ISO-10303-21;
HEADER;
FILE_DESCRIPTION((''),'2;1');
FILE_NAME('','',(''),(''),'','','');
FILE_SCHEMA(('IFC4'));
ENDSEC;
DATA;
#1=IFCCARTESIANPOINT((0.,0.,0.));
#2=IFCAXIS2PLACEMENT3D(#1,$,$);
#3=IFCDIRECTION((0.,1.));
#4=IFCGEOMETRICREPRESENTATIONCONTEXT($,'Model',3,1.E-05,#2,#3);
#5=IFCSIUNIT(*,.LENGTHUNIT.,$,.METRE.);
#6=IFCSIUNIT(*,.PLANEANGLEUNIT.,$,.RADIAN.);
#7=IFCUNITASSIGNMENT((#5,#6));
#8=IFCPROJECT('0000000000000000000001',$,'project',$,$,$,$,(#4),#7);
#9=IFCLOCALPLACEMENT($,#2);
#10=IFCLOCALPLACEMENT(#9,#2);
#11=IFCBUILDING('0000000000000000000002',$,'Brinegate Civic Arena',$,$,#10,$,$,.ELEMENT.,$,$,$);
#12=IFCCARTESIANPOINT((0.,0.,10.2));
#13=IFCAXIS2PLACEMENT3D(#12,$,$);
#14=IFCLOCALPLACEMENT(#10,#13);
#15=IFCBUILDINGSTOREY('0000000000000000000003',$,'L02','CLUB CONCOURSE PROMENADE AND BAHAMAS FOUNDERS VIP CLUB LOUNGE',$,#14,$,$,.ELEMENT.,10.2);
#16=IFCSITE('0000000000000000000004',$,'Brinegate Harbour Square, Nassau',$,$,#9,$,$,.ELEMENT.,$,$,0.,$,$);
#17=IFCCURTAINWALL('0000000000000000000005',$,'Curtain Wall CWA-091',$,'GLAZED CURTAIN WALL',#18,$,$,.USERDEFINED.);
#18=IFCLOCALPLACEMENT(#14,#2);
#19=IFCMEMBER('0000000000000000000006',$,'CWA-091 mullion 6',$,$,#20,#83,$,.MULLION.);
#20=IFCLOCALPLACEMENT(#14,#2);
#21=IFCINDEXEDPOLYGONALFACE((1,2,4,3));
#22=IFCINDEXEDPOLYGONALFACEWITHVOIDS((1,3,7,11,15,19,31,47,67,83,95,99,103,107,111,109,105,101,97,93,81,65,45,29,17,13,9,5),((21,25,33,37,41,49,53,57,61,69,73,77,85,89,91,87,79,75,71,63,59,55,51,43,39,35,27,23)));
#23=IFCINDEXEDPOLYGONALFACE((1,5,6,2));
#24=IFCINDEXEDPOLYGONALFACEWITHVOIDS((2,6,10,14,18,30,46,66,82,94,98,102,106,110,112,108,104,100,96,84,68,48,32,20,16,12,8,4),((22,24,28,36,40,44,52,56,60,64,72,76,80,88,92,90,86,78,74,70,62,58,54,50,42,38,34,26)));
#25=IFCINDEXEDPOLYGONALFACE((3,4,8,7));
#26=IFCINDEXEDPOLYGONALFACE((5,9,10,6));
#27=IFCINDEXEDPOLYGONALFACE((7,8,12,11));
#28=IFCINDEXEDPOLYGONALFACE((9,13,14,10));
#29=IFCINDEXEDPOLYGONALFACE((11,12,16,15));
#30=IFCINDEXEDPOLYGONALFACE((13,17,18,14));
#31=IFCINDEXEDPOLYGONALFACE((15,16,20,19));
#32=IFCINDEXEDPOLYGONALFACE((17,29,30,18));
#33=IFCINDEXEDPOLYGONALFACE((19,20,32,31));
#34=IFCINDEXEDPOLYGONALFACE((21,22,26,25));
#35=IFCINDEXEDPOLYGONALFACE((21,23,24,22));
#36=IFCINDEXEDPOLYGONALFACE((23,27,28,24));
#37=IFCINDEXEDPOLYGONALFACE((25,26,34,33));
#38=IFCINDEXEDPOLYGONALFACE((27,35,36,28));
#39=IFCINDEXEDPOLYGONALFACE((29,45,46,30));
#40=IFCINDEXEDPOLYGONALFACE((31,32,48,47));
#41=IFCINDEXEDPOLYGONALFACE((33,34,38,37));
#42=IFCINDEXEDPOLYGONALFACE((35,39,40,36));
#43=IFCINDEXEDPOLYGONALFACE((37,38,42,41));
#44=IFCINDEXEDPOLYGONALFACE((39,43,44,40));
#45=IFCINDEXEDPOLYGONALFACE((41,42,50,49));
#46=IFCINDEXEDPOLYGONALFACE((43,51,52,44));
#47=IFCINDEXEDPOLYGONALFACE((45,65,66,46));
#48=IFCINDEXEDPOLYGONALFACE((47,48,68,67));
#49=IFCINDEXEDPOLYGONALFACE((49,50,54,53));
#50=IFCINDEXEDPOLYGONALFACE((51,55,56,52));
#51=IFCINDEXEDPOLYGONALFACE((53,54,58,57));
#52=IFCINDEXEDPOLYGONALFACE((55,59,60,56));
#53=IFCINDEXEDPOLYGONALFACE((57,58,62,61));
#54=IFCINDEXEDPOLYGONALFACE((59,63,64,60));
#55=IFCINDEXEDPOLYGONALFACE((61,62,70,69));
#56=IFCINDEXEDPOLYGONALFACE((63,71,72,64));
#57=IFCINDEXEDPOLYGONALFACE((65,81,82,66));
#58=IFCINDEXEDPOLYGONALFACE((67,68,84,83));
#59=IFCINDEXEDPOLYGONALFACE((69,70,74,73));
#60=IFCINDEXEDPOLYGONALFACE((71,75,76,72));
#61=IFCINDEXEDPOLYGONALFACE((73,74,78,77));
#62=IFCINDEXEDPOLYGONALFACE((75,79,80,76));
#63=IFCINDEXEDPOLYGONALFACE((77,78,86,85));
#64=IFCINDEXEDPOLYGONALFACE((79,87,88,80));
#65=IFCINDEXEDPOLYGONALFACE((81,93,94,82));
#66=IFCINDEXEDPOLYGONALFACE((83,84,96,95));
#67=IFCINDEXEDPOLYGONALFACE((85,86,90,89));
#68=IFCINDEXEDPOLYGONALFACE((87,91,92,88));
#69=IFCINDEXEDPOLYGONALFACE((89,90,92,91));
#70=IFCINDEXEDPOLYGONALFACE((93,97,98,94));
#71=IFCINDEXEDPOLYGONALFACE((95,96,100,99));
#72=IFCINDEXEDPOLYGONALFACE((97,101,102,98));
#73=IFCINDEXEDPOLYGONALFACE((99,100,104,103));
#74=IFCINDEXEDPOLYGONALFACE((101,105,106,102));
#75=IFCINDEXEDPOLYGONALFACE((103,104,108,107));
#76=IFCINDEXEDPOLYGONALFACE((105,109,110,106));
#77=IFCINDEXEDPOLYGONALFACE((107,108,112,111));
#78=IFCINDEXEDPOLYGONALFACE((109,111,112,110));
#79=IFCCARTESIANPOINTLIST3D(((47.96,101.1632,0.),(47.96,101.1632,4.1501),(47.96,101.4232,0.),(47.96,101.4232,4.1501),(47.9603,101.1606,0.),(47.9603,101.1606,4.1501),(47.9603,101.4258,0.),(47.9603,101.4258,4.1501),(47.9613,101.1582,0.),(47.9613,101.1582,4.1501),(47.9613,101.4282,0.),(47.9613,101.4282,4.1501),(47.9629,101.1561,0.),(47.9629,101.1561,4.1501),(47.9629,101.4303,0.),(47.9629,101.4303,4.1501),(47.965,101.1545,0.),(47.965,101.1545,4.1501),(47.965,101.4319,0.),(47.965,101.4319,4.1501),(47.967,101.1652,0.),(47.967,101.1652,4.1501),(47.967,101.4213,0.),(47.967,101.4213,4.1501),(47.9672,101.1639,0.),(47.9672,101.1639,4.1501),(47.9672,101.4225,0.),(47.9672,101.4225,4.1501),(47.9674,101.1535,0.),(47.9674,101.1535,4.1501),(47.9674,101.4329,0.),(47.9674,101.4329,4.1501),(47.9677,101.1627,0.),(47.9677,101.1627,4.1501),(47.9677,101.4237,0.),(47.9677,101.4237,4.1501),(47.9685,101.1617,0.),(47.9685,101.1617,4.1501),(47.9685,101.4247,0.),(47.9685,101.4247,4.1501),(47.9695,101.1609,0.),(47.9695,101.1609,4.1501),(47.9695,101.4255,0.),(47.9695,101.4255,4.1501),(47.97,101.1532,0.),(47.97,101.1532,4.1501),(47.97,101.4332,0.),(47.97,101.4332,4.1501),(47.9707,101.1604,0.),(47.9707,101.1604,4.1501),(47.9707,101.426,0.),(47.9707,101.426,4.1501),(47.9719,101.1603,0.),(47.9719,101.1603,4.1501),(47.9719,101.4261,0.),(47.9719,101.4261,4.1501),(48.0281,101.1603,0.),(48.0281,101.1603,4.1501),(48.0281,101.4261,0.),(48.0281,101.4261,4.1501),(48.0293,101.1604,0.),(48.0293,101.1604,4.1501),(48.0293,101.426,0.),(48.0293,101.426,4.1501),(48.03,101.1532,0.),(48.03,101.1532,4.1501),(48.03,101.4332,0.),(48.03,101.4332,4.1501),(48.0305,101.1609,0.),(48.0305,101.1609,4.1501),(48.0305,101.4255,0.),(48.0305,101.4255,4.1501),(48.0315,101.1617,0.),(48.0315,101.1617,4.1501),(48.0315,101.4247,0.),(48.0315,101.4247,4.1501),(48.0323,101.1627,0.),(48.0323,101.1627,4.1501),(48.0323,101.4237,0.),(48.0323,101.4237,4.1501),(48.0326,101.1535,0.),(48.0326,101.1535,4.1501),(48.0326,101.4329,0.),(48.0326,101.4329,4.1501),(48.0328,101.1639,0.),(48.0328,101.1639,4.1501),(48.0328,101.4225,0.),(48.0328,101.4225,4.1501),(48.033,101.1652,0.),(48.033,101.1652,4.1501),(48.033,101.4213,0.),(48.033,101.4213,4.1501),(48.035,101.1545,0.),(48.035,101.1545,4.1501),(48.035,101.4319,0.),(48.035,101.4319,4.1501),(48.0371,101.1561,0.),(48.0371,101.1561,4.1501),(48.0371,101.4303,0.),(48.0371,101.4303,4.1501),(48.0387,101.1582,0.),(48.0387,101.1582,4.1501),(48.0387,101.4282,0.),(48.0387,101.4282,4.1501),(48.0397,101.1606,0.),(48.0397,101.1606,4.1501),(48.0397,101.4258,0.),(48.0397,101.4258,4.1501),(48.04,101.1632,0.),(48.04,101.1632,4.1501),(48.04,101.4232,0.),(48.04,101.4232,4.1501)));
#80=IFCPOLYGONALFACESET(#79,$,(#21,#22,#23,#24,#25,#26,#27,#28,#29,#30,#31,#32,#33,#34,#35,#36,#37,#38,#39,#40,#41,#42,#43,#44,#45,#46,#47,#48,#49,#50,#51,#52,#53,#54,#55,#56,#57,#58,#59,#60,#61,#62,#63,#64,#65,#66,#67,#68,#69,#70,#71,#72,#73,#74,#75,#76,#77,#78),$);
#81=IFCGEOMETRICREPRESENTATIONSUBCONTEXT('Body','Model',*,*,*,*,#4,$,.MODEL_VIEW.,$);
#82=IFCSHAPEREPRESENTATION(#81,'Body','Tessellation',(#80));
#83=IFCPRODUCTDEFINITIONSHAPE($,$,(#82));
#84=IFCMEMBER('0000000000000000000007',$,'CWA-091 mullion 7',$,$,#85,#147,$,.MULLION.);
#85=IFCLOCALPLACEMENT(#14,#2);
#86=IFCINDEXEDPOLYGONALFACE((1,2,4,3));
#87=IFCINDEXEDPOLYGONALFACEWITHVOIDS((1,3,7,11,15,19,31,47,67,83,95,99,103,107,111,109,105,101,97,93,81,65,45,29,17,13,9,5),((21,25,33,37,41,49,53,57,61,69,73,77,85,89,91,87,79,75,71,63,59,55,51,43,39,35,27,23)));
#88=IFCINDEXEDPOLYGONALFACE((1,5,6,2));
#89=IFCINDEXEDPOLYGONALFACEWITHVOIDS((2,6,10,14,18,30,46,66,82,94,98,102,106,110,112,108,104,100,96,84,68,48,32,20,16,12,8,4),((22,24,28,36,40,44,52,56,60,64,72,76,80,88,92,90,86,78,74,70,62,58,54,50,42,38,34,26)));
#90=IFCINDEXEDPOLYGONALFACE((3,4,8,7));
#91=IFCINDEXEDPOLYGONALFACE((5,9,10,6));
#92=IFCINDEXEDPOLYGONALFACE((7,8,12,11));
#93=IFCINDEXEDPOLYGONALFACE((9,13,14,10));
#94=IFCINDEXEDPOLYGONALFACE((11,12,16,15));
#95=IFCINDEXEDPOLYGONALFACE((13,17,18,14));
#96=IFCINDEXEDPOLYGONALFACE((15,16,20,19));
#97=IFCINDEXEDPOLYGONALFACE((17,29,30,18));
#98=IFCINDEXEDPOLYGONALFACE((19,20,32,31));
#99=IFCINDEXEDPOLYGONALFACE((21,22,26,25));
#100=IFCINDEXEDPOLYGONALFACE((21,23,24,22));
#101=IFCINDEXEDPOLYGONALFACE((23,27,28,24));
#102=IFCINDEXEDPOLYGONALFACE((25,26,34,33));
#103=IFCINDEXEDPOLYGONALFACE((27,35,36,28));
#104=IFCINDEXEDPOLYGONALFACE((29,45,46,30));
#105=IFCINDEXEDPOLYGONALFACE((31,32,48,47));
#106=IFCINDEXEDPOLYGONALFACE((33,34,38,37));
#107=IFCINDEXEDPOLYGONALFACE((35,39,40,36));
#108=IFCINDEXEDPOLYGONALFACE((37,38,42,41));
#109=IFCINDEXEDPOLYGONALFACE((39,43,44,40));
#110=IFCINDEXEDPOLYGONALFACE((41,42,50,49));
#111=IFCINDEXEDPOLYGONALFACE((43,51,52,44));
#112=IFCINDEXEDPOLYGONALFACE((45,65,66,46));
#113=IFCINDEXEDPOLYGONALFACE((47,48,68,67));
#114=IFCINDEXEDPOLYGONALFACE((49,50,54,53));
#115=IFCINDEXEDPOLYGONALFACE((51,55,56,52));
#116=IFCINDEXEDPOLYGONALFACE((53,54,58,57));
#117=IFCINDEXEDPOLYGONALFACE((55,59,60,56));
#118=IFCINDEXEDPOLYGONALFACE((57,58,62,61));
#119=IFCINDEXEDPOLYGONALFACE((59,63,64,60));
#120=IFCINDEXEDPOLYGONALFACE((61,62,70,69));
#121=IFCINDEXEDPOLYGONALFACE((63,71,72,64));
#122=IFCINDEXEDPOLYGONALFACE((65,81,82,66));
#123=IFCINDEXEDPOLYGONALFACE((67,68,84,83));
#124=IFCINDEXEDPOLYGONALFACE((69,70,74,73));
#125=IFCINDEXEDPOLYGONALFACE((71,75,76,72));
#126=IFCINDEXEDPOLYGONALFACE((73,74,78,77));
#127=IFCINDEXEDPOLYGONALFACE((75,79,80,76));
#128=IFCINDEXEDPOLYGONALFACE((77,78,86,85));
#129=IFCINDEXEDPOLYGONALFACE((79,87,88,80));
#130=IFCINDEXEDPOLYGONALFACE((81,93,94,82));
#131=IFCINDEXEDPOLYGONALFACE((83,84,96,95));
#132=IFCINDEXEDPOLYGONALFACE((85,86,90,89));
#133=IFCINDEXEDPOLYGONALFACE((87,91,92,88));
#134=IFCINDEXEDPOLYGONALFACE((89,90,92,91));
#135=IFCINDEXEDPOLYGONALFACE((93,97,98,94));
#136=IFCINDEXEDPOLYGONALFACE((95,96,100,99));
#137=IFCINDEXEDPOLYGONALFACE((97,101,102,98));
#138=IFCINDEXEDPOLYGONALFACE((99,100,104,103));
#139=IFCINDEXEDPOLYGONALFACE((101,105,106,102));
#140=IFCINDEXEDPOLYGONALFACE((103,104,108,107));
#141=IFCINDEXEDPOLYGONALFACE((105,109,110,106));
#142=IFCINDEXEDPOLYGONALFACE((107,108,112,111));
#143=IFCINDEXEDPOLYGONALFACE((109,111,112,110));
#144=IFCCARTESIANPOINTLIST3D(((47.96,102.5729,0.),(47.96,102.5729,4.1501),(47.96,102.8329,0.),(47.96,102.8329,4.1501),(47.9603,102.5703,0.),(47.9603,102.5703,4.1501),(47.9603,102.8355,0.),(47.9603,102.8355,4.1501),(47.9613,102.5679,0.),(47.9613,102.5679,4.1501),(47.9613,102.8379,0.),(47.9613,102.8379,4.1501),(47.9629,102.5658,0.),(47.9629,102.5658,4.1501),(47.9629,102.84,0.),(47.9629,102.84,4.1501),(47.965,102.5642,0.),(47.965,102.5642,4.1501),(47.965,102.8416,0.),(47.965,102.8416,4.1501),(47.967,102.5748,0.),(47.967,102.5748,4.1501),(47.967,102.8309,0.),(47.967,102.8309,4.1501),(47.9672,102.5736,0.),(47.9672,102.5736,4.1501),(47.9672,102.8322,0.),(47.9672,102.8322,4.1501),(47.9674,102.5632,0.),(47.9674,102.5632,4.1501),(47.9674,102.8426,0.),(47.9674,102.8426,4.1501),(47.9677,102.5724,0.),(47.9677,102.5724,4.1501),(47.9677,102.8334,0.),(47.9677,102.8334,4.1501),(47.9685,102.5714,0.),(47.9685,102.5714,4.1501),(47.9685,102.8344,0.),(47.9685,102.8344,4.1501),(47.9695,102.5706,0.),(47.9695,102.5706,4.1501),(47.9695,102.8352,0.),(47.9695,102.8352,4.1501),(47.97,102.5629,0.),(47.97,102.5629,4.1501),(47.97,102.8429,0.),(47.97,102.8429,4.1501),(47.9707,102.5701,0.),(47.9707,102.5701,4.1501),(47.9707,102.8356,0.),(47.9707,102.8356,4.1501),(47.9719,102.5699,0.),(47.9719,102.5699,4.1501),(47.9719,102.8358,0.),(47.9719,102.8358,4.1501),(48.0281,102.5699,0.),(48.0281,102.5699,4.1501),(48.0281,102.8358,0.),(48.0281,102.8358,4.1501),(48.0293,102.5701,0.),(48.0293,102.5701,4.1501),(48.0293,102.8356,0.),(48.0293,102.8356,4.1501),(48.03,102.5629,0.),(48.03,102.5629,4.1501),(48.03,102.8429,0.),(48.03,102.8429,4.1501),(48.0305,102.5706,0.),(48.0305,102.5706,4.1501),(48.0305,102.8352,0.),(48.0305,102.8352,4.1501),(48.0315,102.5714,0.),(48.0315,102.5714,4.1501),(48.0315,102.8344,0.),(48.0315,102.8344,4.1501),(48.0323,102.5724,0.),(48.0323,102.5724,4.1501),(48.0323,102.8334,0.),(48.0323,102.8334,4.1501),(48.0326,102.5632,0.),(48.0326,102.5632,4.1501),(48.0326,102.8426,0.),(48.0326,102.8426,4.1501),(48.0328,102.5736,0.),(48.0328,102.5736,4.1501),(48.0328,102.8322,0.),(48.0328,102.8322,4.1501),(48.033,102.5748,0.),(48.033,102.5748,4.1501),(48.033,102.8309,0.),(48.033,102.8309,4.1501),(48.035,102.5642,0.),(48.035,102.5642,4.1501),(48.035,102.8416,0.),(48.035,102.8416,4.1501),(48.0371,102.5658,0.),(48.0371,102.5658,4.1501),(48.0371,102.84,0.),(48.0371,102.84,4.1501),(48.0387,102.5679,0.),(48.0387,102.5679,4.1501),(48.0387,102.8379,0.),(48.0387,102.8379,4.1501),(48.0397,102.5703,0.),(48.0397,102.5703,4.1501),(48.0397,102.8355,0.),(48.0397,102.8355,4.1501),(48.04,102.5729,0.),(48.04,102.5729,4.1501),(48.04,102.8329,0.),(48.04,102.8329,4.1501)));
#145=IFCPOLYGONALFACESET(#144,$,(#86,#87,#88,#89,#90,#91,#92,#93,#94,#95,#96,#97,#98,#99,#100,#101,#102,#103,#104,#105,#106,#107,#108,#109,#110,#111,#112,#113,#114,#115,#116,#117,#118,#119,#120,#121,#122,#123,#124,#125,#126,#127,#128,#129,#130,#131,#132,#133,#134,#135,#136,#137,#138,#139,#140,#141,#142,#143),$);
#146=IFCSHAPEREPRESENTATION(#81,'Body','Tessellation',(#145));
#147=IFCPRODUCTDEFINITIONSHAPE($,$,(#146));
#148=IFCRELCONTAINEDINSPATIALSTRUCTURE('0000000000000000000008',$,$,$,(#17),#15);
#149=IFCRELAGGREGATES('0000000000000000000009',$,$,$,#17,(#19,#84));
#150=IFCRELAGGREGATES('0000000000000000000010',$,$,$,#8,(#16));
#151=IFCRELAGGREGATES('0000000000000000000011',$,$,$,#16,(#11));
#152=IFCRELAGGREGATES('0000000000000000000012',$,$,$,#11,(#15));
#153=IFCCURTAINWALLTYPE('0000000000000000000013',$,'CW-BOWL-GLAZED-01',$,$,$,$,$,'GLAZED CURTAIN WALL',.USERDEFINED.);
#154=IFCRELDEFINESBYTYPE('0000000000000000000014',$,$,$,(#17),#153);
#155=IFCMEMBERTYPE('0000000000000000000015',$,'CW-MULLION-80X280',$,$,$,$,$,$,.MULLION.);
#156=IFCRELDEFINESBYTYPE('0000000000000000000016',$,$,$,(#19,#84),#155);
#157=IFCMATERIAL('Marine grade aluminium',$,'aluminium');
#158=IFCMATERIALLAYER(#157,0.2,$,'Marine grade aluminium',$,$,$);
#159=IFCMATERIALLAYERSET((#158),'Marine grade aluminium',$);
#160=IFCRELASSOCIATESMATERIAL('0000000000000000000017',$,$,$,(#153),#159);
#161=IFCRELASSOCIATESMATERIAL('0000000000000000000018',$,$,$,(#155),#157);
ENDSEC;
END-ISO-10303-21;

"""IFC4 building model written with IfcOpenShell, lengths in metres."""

from ifc_helpers import new_model, si_unit, direction, frame, origin, origin_2d, place, context, subcontext, project, spatial, hollow_rectangle, extrude, material, layer, layer_set, material_profile, profile_set, type_object, element, aggregate, save


model = new_model("IFC4")

# Units and contexts
model_context = context("Model", 3, precision=1e-05, world=origin(), true_north=direction((0.0, 1.0)))
body_context = subcontext(model_context, "Body", "Model", "MODEL_VIEW")
ifc_project = project(units=[si_unit("LENGTHUNIT", "METRE"), si_unit("PLANEANGLEUNIT", "RADIAN")], contexts=[model_context])

# Site, building, storey
site_placement = place(None, origin())
site = spatial("IfcSite", under=ifc_project, at=site_placement, Name="Brinegate Harbour Square, Nassau", CompositionType="ELEMENT", RefElevation=0.0)
building_placement = place(site_placement, origin())
building = spatial("IfcBuilding", under=site, at=building_placement, Name="Brinegate Civic Arena", CompositionType="ELEMENT")
storey_placement = place(building_placement, frame((0.0, 0.0, 10.2)))
storey = spatial("IfcBuildingStorey", under=building, at=storey_placement, Name="L02", Description="CLUB CONCOURSE PROMENADE AND BAHAMAS FOUNDERS VIP CLUB LOUNGE", CompositionType="ELEMENT", Elevation=10.2)

# Shared definitions
ifc_material_1 = material(Name="Marine grade aluminium", Category="aluminium")
ifc_layer_1 = layer(ifc_material_1, 0.2, Name="Marine grade aluminium")
ifc_layer_set_1 = layer_set([ifc_layer_1], Name="Marine grade aluminium")
curtain_wall_type = type_object("IfcCurtainWallType", Name="CW-BOWL-GLAZED-01", ElementType="GLAZED CURTAIN WALL", PredefinedType="USERDEFINED", material=ifc_layer_set_1)

# Curtain wall, members
curtain_wall_1_placement = place(storey_placement, origin())
curtain_wall_1 = element("IfcCurtainWall", 1, at=curtain_wall_1_placement, inside=storey, type_object=curtain_wall_type, Name="Curtain Wall CWA-091", ObjectType="GLAZED CURTAIN WALL", PredefinedType="USERDEFINED")
ifc_material_profile_1 = material_profile(ifc_material_1, hollow_rectangle(XDim=0.0801, YDim=0.28, WallThickness=0.0071, InnerFilletRadius=0.0049, OuterFilletRadius=0.01, at=origin_2d()), Name="MUL80X280")
ifc_profile_set_1 = profile_set([ifc_material_profile_1], Name="Marine grade aluminium")
member_type_1 = type_object("IfcMemberType", Name="CW-MULLION-80X280", PredefinedType="MULLION", material=ifc_profile_set_1)
member_1_placement = place(storey_placement, frame((48.0, 101.2932, 0.0), z_axis=(0.0, 0.0, 1.0), x_axis=(-1.0, 0.0, 0.0)))
member_1 = element("IfcMember", 2, at=member_1_placement, type_object=member_type_1, Name="CWA-091 mullion 6", PredefinedType="MULLION", context=body_context, shape_type="SweptSolid", body=[
    extrude(hollow_rectangle(XDim=0.0801, YDim=0.28, WallThickness=0.0071, InnerFilletRadius=0.0049, OuterFilletRadius=0.01, at=origin_2d()), origin(), (0.0, 0.0, 1.0), 4.1501),
])
member_2_placement = place(storey_placement, frame((48.0, 102.7029, 0.0), z_axis=(0.0, 0.0, 1.0), x_axis=(-1.0, 0.0, 0.0)))
member_2 = element("IfcMember", 3, at=member_2_placement, type_object=member_type_1, Name="CWA-091 mullion 7", PredefinedType="MULLION", context=body_context, shape_type="SweptSolid", body=[
    extrude(hollow_rectangle(XDim=0.0801, YDim=0.28, WallThickness=0.0071, InnerFilletRadius=0.0049, OuterFilletRadius=0.01, at=origin_2d()), origin(), (0.0, 0.0, 1.0), 4.1501),
])

aggregate(curtain_wall_1, [member_1, member_2])

save(model, "model.ifc")
